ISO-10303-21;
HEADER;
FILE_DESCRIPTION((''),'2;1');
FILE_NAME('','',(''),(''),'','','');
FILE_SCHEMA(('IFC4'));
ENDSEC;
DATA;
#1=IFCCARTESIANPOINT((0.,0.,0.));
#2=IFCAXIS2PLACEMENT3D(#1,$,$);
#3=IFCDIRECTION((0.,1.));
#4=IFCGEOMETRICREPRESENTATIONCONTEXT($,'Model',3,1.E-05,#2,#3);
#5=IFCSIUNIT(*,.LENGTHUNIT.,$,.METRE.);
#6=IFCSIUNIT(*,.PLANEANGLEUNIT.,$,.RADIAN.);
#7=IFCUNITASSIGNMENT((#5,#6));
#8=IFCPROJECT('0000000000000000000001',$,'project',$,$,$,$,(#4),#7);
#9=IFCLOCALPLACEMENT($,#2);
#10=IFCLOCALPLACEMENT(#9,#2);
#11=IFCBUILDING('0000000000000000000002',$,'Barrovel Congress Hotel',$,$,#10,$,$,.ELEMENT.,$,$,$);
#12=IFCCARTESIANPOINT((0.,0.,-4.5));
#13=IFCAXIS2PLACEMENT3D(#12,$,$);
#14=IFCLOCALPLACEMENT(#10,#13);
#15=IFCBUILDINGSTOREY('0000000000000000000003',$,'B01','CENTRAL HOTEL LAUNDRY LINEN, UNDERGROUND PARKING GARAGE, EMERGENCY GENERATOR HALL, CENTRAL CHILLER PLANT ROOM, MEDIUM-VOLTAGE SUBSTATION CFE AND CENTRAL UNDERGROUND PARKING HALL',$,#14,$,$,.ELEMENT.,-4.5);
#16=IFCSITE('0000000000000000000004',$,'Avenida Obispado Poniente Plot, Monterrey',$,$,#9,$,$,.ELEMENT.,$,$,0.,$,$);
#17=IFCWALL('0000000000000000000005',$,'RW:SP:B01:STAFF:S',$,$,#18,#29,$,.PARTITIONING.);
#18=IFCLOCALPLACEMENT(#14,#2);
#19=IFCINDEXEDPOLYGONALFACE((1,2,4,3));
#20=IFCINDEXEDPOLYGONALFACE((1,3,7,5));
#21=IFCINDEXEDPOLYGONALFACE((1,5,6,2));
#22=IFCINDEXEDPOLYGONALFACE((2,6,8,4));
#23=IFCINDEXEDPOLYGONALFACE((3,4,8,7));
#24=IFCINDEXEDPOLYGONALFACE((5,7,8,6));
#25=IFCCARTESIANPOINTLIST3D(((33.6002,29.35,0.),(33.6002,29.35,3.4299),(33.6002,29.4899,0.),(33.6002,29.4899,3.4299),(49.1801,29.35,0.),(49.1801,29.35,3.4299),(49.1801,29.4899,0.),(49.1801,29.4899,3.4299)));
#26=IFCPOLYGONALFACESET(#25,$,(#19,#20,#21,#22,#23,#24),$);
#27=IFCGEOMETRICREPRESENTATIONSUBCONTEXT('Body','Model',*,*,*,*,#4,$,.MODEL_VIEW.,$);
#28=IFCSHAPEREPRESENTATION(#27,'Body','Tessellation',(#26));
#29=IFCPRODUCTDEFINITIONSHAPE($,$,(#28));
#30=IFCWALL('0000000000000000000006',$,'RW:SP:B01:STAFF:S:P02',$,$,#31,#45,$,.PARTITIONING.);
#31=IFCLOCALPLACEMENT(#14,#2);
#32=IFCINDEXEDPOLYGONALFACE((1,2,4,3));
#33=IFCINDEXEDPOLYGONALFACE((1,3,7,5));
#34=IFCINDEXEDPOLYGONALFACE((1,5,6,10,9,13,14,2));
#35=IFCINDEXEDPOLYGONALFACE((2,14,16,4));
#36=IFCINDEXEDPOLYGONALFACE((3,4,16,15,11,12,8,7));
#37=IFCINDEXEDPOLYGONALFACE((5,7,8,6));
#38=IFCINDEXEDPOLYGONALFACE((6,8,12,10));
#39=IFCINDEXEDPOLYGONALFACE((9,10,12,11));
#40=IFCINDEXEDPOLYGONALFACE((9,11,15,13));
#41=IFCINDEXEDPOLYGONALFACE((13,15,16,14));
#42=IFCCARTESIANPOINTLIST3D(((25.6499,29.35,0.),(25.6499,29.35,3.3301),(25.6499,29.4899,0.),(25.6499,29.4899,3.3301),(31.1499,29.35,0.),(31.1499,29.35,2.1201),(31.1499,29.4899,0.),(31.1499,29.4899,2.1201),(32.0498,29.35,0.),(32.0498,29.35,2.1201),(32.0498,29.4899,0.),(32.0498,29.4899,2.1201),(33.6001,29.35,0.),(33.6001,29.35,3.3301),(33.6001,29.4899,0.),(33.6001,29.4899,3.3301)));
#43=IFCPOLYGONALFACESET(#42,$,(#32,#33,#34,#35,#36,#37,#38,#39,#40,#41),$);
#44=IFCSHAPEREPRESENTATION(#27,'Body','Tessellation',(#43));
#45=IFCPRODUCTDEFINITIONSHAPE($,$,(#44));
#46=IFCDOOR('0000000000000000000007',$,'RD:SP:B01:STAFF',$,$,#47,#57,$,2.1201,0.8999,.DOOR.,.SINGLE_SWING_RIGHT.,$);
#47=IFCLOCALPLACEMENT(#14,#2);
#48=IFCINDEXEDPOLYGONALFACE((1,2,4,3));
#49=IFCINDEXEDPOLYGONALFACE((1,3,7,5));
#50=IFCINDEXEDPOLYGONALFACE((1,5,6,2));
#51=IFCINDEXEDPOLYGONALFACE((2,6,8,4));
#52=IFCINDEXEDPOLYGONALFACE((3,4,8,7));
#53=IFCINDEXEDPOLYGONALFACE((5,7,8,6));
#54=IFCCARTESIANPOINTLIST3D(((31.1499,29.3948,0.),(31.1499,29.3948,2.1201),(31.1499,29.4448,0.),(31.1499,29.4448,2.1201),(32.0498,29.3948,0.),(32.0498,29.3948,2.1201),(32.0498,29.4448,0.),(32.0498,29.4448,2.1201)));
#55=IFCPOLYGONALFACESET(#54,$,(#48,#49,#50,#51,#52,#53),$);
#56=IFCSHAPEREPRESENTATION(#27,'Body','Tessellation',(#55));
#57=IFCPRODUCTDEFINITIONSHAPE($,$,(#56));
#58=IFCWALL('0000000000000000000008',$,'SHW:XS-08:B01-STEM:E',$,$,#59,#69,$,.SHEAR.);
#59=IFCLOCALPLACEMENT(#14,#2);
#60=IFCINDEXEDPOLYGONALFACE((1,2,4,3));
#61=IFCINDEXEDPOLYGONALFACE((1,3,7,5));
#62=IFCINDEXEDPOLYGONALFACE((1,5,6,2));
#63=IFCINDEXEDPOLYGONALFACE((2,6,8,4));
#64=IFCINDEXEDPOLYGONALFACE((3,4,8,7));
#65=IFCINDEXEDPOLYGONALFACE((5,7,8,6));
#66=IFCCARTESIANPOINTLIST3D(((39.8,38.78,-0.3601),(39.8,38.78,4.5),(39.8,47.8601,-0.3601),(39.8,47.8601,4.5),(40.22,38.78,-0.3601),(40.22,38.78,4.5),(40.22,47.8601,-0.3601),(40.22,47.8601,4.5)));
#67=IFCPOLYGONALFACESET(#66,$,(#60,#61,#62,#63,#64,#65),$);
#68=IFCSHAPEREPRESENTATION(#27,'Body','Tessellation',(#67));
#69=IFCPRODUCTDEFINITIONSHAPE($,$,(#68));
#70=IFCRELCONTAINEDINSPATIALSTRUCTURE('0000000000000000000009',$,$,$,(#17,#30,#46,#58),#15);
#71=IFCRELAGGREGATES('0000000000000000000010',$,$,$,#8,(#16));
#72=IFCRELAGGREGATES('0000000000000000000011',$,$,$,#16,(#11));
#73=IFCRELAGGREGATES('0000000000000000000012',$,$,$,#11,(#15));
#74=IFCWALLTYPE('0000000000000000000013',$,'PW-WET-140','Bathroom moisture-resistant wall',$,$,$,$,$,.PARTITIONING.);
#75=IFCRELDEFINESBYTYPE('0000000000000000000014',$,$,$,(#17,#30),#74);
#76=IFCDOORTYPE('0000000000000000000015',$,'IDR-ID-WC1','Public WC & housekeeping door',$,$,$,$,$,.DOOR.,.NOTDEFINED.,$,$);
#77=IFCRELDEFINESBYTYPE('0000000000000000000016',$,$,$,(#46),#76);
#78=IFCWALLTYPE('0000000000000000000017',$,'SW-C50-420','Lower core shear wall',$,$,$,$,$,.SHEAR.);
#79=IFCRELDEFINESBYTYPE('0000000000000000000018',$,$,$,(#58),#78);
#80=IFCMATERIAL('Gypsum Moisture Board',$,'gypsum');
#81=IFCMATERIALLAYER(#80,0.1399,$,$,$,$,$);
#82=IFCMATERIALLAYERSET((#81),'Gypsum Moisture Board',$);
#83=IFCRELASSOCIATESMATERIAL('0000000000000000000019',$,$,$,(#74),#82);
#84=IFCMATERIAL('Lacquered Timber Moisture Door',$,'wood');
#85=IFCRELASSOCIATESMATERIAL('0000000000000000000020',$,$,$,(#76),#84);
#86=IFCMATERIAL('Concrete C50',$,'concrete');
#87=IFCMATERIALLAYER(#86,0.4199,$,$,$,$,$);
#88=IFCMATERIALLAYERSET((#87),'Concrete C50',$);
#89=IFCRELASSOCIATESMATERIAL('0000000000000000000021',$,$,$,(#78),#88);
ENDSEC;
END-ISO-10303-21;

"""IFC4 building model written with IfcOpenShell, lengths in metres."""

from ifc_helpers import new_model, si_unit, direction, frame, frame_2d, origin, place, context, subcontext, project, spatial, rectangle, extrude, material, layer, layer_set, type_object, element, fill, save


model = new_model("IFC4")

# Units and contexts
model_context = context("Model", 3, precision=1e-05, world=origin(), true_north=direction((0.0, 1.0)))
body_context = subcontext(model_context, "Body", "Model", "MODEL_VIEW")
ifc_project = project(units=[si_unit("LENGTHUNIT", "METRE"), si_unit("PLANEANGLEUNIT", "RADIAN")], contexts=[model_context])

# Site, building, storey
site_placement = place(None, origin())
site = spatial("IfcSite", under=ifc_project, at=site_placement, Name="Avenida Obispado Poniente Plot, Monterrey", CompositionType="ELEMENT", RefElevation=0.0)
building_placement = place(site_placement, origin())
building = spatial("IfcBuilding", under=site, at=building_placement, Name="Barrovel Congress Hotel", CompositionType="ELEMENT")
storey_placement = place(building_placement, frame((0.0, 0.0, -4.5)))
storey = spatial("IfcBuildingStorey", under=building, at=storey_placement, Name="B01", Description="CENTRAL HOTEL LAUNDRY LINEN, UNDERGROUND PARKING GARAGE, EMERGENCY GENERATOR HALL, CENTRAL CHILLER PLANT ROOM, MEDIUM-VOLTAGE SUBSTATION CFE AND CENTRAL UNDERGROUND PARKING HALL", CompositionType="ELEMENT", Elevation=-4.5)

# Shared definitions
ifc_material_1 = material(Name="Concrete C50", Category="concrete")

# Wall
ifc_material_2 = material(Name="Gypsum Moisture Board", Category="gypsum")
ifc_layer_1 = layer(ifc_material_2, 0.1399)
ifc_layer_set_1 = layer_set([ifc_layer_1], Name="Gypsum Moisture Board")
wall_type_1 = type_object("IfcWallType", Name="PW-WET-140", Description="Bathroom moisture-resistant wall", PredefinedType="PARTITIONING", material=ifc_layer_set_1)
wall_1_placement = place(storey_placement, frame((33.6001, 29.4199, 0.0), z_axis=(0.0, 0.0, 1.0), x_axis=(1.0, 0.0, 0.0)))
element("IfcWall", 1, at=wall_1_placement, inside=storey, type_object=wall_type_1, Name="RW:SP:B01:STAFF:S", PredefinedType="PARTITIONING", context=body_context, shape_type="SweptSolid", body=[
    extrude(rectangle(XDim=15.5798, YDim=0.1399, at=frame_2d((7.79, 0.0))), origin(), (0.0, 0.0, 1.0), 3.4299),
])

# Wall, opening, door
wall_2_placement = place(storey_placement, frame((25.6499, 29.4199, 0.0), z_axis=(0.0, 0.0, 1.0), x_axis=(1.0, 0.0, 0.0)))
wall_2 = element("IfcWall", 2, at=wall_2_placement, inside=storey, type_object=wall_type_1, Name="RW:SP:B01:STAFF:S:P02", PredefinedType="PARTITIONING", context=body_context, shape_type="SweptSolid", body=[
    extrude(rectangle(XDim=7.9502, YDim=0.1399, at=frame_2d((3.9751, 0.0))), origin(), (0.0, 0.0, 1.0), 3.3301),
])
opening_placement = place(wall_2_placement, frame((5.5, 0.0, 0.0)))
opening = element("IfcOpeningElement", 3, at=opening_placement, cuts=wall_2, PredefinedType="OPENING", context=body_context, shape_type="SweptSolid", body=[
    extrude(rectangle(XDim=0.8999, YDim=2.1201, at=frame_2d((0.45, 1.0601))), frame((0.0, 0.0801, 0.0), z_axis=(0.0, -1.0, 0.0), x_axis=(1.0, 0.0, 0.0)), (0.0, 0.0, 1.0), 0.1599),
])
ifc_material_3 = material(Name="Lacquered Timber Moisture Door", Category="wood")
door_type = type_object("IfcDoorType", Name="IDR-ID-WC1", Description="Public WC & housekeeping door", OperationType="NOTDEFINED", PredefinedType="DOOR", material=ifc_material_3)
door_placement = place(opening_placement, origin())
door = element("IfcDoor", 4, at=door_placement, inside=storey, type_object=door_type, Name="RD:SP:B01:STAFF", OperationType="SINGLE_SWING_RIGHT", OverallHeight=2.1201, OverallWidth=0.8999, PredefinedType="DOOR", context=body_context, shape_type="SweptSolid", body=[
    extrude(rectangle(XDim=0.8999, YDim=2.1201, at=frame_2d((0.45, 1.0601))), frame((0.0, 0.0249, 0.0), z_axis=(0.0, -1.0, 0.0), x_axis=(1.0, 0.0, 0.0)), (0.0, 0.0, 1.0), 0.05),
])
fill(opening, door)

# Wall
ifc_layer_2 = layer(ifc_material_1, 0.4199)
ifc_layer_set_2 = layer_set([ifc_layer_2], Name="Concrete C50")
wall_type_2 = type_object("IfcWallType", Name="SW-C50-420", Description="Lower core shear wall", PredefinedType="SHEAR", material=ifc_layer_set_2)
wall_3_placement = place(storey_placement, frame((40.01, 38.78, -0.3601), z_axis=(0.0, 0.0, 1.0), x_axis=(0.0, 1.0, 0.0)))
element("IfcWall", 5, at=wall_3_placement, inside=storey, type_object=wall_type_2, Name="SHW:XS-08:B01-STEM:E", PredefinedType="SHEAR", context=body_context, shape_type="SweptSolid", body=[
    extrude(rectangle(XDim=9.0801, YDim=0.4199, at=frame_2d((4.54, 0.0))), origin(), (0.0, 0.0, 1.0), 4.8601),
])

save(model, "model.ifc")
